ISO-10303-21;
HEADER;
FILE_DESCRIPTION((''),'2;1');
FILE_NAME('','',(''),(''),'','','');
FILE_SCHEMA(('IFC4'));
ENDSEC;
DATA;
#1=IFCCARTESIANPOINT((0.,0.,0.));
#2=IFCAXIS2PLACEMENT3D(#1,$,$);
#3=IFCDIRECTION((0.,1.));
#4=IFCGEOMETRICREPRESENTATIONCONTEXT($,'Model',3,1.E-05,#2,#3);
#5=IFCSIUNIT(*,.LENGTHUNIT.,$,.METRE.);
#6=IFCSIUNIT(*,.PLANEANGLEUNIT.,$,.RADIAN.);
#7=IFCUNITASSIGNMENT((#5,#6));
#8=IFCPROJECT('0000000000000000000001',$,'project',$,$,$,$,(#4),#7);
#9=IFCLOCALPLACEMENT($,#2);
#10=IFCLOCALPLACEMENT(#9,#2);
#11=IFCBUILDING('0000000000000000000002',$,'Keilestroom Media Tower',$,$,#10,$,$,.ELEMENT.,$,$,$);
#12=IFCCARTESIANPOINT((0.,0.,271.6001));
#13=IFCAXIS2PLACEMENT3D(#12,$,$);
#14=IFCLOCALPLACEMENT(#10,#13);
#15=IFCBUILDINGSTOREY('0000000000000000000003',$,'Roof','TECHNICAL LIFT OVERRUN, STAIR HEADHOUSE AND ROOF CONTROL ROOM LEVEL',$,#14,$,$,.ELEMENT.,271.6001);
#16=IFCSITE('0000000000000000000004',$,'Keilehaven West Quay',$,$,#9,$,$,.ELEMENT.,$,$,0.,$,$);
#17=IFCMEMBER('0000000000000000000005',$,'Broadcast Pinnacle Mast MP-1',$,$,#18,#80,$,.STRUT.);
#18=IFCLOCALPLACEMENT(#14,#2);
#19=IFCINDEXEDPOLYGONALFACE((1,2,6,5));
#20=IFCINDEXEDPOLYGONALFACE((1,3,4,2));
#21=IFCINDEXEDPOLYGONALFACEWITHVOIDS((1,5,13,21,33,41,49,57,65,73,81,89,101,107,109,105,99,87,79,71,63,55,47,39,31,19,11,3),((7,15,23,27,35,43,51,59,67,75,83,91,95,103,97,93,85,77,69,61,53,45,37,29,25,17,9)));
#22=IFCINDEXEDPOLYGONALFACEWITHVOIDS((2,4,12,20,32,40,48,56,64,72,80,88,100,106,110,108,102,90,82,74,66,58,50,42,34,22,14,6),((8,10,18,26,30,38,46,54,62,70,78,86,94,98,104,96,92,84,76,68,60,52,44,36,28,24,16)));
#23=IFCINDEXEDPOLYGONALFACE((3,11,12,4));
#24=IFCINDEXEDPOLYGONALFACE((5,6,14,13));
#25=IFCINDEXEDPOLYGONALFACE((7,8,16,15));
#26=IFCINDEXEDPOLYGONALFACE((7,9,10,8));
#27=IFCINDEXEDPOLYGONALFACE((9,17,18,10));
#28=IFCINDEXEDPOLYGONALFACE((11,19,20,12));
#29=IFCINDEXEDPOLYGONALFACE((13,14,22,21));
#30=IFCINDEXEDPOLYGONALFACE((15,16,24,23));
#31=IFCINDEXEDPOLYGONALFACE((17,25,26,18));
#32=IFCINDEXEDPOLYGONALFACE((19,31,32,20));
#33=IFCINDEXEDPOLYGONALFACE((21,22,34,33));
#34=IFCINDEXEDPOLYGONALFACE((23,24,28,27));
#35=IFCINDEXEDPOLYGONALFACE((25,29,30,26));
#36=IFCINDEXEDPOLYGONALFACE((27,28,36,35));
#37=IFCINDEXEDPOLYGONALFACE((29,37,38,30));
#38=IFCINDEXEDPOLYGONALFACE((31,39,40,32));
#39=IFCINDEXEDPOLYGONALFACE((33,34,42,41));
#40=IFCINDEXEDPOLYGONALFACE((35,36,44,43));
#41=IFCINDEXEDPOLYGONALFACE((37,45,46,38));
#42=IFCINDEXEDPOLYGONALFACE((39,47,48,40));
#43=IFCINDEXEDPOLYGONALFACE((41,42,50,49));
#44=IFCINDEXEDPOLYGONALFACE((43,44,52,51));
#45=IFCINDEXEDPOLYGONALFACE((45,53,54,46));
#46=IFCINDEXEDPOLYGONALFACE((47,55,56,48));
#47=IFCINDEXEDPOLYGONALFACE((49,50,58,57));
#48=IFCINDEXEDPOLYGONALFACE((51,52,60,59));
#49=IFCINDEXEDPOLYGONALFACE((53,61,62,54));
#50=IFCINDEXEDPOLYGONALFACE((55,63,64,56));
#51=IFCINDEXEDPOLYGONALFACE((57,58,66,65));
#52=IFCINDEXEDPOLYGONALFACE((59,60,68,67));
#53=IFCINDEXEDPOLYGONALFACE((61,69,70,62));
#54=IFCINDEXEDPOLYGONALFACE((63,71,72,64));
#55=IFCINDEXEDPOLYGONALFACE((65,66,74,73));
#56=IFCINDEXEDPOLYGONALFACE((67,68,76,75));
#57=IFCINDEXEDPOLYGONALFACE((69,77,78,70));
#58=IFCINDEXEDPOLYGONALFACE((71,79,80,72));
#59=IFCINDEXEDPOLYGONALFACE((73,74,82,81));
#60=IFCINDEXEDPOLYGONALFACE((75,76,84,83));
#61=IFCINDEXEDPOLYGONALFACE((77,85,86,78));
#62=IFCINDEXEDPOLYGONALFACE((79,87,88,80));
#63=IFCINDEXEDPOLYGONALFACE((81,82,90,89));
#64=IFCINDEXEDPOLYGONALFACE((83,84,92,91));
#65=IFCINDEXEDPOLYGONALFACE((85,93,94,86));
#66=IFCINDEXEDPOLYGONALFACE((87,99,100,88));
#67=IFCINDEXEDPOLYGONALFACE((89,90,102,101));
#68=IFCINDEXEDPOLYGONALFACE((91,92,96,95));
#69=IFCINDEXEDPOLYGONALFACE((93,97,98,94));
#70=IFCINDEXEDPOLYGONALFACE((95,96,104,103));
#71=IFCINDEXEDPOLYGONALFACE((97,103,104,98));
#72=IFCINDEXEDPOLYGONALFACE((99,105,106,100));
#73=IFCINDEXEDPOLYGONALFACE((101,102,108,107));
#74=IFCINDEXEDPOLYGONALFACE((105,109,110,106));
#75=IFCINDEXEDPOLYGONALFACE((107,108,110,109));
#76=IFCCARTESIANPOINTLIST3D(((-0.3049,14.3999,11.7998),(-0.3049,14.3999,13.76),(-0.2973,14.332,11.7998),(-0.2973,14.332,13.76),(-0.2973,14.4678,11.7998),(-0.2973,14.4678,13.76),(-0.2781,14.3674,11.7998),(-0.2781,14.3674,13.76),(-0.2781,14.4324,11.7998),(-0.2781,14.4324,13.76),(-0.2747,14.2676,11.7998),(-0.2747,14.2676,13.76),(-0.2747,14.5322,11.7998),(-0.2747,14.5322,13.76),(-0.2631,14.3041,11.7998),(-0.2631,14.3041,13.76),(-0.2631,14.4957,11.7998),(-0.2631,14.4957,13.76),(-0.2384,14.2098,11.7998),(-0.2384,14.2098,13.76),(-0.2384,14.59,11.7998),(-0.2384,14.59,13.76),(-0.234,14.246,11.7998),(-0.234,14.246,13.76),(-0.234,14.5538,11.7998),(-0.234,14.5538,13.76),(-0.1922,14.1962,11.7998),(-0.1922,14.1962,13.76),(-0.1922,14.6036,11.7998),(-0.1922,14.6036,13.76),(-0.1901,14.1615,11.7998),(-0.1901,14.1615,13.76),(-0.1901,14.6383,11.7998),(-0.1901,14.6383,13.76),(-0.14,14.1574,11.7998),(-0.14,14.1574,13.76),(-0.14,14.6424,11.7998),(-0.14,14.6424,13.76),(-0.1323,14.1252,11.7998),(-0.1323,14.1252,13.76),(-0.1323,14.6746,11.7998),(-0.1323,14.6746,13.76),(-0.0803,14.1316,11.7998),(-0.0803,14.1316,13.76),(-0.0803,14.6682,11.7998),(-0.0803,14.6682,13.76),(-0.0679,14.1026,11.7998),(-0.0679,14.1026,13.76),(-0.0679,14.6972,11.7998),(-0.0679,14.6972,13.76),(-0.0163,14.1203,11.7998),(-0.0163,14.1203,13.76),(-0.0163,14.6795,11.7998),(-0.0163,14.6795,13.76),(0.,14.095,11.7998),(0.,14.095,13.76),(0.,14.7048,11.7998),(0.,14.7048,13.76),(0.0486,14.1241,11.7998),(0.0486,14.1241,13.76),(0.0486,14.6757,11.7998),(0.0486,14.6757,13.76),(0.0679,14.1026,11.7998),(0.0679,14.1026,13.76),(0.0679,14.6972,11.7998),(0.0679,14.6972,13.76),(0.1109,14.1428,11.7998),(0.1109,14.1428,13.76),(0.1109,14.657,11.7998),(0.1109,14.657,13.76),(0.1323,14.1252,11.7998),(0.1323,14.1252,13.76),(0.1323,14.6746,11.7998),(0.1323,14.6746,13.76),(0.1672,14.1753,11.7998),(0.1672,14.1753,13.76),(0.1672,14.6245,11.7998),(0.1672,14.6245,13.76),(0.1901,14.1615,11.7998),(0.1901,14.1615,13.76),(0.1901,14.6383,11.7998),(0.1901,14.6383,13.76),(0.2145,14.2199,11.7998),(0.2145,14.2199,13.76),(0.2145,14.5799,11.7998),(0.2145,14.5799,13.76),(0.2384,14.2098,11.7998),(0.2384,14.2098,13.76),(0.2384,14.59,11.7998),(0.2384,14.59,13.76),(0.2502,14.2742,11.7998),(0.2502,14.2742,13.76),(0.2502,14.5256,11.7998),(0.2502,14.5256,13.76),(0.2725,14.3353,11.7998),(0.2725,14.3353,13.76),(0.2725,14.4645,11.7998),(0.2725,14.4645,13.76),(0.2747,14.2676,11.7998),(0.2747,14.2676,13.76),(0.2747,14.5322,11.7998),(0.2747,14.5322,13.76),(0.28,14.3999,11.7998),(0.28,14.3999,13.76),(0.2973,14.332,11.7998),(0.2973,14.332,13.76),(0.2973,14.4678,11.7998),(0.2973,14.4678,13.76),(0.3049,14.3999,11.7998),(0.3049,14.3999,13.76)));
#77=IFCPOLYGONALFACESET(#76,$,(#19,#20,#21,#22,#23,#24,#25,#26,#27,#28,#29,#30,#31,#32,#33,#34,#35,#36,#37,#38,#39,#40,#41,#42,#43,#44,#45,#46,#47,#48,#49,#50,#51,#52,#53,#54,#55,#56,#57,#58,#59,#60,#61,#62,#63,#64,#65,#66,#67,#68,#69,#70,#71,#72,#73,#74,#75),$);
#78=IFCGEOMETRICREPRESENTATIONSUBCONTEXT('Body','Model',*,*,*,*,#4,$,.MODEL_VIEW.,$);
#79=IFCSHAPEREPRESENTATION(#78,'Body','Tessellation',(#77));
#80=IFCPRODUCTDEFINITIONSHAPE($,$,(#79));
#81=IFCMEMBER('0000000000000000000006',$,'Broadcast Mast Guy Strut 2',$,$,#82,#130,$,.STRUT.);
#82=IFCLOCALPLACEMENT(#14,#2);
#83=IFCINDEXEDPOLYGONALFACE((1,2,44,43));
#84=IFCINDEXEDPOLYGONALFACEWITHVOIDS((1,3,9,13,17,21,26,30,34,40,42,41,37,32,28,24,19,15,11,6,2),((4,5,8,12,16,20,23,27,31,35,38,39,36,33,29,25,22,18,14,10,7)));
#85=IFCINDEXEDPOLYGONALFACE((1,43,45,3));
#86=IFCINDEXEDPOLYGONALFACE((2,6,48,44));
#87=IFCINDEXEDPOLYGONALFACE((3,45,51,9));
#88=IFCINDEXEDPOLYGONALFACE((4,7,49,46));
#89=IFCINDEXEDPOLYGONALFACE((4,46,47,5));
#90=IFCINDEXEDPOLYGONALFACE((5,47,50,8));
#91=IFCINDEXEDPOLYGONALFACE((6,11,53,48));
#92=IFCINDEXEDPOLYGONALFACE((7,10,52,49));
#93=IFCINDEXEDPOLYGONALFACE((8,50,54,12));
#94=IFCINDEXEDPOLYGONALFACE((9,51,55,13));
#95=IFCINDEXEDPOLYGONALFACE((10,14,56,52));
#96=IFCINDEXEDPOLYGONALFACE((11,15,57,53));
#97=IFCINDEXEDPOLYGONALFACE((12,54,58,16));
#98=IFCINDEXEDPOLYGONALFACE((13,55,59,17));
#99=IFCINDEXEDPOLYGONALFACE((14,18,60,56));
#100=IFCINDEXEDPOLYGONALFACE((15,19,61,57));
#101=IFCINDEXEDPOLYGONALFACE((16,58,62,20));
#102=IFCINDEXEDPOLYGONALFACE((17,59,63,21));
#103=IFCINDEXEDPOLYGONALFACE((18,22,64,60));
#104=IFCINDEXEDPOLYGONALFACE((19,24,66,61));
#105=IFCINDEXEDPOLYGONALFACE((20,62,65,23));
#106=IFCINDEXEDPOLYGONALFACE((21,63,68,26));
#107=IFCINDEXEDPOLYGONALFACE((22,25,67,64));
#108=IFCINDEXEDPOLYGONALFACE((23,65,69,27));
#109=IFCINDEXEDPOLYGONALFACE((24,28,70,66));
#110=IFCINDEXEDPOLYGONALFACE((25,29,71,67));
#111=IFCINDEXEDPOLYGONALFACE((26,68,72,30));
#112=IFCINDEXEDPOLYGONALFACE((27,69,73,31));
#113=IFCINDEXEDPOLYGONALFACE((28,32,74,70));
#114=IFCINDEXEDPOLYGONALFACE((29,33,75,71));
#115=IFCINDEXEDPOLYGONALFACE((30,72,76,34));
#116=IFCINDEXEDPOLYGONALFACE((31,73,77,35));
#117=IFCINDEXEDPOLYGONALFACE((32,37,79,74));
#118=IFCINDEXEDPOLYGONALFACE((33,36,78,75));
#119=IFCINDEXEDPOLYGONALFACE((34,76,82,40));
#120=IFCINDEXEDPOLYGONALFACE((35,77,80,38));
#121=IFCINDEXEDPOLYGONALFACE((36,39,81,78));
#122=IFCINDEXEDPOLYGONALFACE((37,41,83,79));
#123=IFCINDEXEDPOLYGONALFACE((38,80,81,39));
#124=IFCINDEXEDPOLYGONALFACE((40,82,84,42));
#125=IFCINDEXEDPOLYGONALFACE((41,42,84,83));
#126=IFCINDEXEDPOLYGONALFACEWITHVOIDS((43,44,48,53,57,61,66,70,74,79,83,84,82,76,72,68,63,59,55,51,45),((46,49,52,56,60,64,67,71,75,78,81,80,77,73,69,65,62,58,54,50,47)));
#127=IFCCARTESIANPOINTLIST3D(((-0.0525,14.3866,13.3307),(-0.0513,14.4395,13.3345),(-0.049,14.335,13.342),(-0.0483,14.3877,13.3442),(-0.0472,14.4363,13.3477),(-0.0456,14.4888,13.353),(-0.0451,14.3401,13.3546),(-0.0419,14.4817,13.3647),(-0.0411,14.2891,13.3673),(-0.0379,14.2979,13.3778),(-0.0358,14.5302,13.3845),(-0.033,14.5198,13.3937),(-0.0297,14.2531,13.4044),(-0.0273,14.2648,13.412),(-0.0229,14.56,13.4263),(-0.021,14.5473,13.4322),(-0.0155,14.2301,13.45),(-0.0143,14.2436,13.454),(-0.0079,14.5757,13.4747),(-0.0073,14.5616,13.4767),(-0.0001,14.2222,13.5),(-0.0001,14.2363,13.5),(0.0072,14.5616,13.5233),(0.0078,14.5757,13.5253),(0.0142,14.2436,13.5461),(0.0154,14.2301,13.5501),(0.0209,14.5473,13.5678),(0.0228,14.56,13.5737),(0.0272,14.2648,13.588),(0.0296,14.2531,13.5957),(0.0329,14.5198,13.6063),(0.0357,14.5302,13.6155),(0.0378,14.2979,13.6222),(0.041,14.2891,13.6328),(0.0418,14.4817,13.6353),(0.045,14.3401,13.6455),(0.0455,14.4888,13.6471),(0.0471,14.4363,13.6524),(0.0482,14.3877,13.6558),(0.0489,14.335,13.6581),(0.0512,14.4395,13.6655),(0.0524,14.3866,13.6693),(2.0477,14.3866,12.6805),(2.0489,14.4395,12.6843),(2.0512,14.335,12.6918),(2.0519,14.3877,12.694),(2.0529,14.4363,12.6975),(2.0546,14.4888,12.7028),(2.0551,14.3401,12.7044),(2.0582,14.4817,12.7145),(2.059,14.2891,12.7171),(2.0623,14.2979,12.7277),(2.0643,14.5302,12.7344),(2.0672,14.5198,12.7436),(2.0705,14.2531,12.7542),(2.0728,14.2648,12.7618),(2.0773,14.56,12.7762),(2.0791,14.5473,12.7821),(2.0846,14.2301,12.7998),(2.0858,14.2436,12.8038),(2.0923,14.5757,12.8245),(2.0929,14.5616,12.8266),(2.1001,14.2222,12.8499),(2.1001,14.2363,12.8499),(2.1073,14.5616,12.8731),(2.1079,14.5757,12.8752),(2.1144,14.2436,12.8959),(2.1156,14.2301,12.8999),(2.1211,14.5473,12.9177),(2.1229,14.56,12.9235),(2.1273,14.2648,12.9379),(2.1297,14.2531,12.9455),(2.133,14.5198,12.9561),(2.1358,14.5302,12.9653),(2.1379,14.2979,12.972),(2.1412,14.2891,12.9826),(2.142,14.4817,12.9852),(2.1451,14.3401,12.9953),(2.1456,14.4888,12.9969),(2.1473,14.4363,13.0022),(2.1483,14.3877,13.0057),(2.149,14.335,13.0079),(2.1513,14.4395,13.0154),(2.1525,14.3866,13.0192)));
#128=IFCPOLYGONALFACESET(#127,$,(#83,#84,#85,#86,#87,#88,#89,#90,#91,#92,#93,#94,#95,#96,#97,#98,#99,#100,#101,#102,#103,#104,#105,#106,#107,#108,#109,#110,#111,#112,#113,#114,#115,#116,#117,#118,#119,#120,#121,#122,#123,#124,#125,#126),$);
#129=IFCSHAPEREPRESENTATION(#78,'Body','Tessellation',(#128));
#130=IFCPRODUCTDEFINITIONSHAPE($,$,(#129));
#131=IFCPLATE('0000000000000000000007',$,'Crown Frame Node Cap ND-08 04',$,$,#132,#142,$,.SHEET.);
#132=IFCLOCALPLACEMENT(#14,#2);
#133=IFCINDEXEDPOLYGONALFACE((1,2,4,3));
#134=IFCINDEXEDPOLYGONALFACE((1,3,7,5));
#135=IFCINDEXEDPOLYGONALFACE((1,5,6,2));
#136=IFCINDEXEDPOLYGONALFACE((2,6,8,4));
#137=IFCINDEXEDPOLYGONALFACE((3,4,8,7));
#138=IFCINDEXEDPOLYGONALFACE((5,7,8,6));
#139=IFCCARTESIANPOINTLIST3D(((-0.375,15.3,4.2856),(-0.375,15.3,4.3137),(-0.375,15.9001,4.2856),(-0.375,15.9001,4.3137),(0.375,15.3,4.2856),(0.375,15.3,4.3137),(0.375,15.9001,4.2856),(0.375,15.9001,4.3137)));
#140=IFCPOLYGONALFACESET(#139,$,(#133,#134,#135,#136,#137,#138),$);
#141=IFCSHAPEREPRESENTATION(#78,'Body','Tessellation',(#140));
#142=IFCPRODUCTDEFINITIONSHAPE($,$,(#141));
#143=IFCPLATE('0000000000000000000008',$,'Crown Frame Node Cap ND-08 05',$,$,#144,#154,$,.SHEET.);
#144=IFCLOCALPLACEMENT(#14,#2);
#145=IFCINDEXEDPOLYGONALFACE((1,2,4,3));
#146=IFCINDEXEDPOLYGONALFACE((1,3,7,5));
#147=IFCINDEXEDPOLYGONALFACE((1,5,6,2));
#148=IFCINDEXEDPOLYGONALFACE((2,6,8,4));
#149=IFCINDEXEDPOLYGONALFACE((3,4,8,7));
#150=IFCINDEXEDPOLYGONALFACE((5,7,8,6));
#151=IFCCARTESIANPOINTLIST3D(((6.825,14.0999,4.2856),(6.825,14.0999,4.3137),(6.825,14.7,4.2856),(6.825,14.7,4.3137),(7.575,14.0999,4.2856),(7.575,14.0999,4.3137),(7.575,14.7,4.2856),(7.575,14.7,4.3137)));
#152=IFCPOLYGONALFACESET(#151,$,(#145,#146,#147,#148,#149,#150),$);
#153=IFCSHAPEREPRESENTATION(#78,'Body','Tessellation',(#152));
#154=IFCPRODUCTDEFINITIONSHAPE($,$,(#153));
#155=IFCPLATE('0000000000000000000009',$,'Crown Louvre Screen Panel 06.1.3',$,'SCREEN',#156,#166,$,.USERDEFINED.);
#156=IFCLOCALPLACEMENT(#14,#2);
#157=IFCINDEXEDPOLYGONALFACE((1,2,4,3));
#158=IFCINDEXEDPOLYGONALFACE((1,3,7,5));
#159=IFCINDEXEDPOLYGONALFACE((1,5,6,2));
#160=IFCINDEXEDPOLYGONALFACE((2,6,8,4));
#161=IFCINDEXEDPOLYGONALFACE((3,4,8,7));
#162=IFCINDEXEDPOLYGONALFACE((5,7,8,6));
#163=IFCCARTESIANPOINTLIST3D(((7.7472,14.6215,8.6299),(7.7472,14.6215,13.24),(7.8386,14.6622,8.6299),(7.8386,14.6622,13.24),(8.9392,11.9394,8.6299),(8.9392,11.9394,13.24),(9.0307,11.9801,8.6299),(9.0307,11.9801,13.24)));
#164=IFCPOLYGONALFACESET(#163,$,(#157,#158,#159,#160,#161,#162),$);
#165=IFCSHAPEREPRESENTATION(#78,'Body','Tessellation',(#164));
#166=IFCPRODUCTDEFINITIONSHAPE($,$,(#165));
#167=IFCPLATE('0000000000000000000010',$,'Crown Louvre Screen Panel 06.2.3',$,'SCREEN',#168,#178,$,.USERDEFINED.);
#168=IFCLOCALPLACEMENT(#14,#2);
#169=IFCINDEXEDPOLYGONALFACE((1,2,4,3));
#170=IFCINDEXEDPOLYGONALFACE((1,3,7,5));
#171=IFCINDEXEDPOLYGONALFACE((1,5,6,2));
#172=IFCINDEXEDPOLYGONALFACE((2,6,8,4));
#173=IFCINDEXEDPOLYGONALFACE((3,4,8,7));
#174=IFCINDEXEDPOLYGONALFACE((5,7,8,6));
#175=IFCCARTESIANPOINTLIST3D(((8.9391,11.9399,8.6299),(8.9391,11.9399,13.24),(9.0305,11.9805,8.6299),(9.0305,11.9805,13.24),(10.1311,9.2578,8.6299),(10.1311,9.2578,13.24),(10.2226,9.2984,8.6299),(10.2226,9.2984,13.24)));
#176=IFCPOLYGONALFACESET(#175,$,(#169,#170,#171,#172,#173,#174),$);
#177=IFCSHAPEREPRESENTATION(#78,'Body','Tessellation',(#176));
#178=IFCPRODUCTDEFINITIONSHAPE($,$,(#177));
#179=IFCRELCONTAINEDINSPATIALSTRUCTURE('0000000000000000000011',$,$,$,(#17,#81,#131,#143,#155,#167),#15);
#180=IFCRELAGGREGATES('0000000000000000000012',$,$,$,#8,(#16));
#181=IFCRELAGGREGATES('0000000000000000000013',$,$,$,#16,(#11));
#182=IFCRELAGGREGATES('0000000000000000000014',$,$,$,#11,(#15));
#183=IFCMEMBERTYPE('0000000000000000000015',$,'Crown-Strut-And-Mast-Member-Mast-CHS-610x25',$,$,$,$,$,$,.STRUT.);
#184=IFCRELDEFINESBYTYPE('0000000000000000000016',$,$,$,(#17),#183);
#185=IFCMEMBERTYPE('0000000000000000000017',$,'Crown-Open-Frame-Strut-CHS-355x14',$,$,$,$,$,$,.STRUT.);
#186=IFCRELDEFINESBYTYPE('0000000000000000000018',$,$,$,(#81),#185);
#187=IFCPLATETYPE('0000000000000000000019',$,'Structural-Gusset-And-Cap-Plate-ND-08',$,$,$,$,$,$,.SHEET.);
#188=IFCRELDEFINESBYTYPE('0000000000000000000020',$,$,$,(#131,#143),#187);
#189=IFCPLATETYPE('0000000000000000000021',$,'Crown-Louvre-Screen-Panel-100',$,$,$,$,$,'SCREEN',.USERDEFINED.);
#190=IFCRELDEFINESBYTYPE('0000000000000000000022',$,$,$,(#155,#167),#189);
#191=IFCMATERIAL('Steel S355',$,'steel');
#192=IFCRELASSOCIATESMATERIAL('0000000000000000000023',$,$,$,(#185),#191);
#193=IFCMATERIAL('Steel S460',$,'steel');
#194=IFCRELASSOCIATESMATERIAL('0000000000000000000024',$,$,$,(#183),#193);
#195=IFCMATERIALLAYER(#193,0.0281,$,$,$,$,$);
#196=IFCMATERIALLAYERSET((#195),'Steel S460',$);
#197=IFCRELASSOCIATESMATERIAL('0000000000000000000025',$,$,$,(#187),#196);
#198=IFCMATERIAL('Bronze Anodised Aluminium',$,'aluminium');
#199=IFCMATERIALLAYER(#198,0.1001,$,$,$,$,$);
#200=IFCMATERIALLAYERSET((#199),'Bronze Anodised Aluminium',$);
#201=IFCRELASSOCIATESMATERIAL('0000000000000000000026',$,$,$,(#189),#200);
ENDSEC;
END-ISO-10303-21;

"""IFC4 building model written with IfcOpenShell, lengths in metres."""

from ifc_helpers import new_model, si_unit, direction, frame, origin, origin_2d, place, context, subcontext, project, spatial, rectangle, hollow_circle, extrude, source, transform, mapped, material, layer, layer_set, material_profile, profile_set, type_object, element, save


model = new_model("IFC4")

# Units and contexts
model_context = context("Model", 3, precision=1e-05, world=origin(), true_north=direction((0.0, 1.0)))
body_context = subcontext(model_context, "Body", "Model", "MODEL_VIEW")
ifc_project = project(units=[si_unit("LENGTHUNIT", "METRE"), si_unit("PLANEANGLEUNIT", "RADIAN")], contexts=[model_context])

# Site, building, storey
site_placement = place(None, origin())
site = spatial("IfcSite", under=ifc_project, at=site_placement, Name="Keilehaven West Quay", CompositionType="ELEMENT", RefElevation=0.0)
building_placement = place(site_placement, origin())
building = spatial("IfcBuilding", under=site, at=building_placement, Name="Keilestroom Media Tower", CompositionType="ELEMENT")
storey_placement = place(building_placement, frame((0.0, 0.0, 271.6001)))
storey = spatial("IfcBuildingStorey", under=building, at=storey_placement, Name="Roof", Description="TECHNICAL LIFT OVERRUN, STAIR HEADHOUSE AND ROOF CONTROL ROOM LEVEL", CompositionType="ELEMENT", Elevation=271.6001)

# Members
ifc_material_1 = material(Name="Steel S355", Category="steel")
ifc_material_profile_1 = material_profile(ifc_material_1, hollow_circle(Radius=0.1777, WallThickness=0.0142, at=origin_2d()), Name="CHS 355.6x14.2")
ifc_profile_set_1 = profile_set([ifc_material_profile_1], Name="Steel S355")
member_type_1 = type_object("IfcMemberType", Name="Crown-Open-Frame-Strut-CHS-355x14", PredefinedType="STRUT", material=ifc_profile_set_1)
ifc_material_2 = material(Name="Steel S460", Category="steel")
ifc_material_profile_2 = material_profile(ifc_material_2, hollow_circle(Radius=0.3049, WallThickness=0.0249, at=origin_2d()), Name="CHS 610x25")
ifc_profile_set_2 = profile_set([ifc_material_profile_2], Name="Steel S460")
member_type_2 = type_object("IfcMemberType", Name="Crown-Strut-And-Mast-Member-Mast-CHS-610x25", PredefinedType="STRUT", material=ifc_profile_set_2)
shared_shape_1 = source(origin(), body_context, "Body", "SweptSolid", [
    extrude(hollow_circle(Radius=0.3049, WallThickness=0.0249, at=origin_2d()), origin(), (0.0, 0.0, 1.0), 1.9602),
])
member_1_placement = place(storey_placement, frame((0.0, 14.3999, 11.7998), z_axis=(0.0, 0.0, 1.0), x_axis=(1.0, 0.0, 0.0)))
element("IfcMember", 1, at=member_1_placement, inside=storey, type_object=member_type_2, Name="Broadcast Pinnacle Mast MP-1", PredefinedType="STRUT", context=body_context, shape_type="MappedRepresentation", body=[
    mapped(shared_shape_1, transform((0.0, 0.0, 0.0), x_axis=(1.0, 0.0, 0.0), y_axis=(0.0, 1.0, 0.0), z_axis=(0.0, 0.0, 1.0), scale=1.0)),
])
shared_shape_2 = source(origin(), body_context, "Body", "SweptSolid", [
    extrude(hollow_circle(Radius=0.1777, WallThickness=0.0142, at=origin_2d()), origin(), (0.0, 0.0, 1.0), 2.1985),
])
member_2_placement = place(storey_placement, frame((2.1001, 14.3999, 12.8499), z_axis=(-0.955271, 0.0, 0.295732), x_axis=(0.0, -1.0, 0.0)))
element("IfcMember", 2, at=member_2_placement, inside=storey, type_object=member_type_1, Name="Broadcast Mast Guy Strut 2", PredefinedType="STRUT", context=body_context, shape_type="MappedRepresentation", body=[
    mapped(shared_shape_2, transform((0.0, 0.0, 0.0), x_axis=(1.0, 0.0, 0.0), y_axis=(0.0, 1.0, 0.0), z_axis=(0.0, 0.0, 1.0), scale=1.0)),
])

# Plates
ifc_layer_1 = layer(ifc_material_2, 0.0281)
ifc_layer_set_1 = layer_set([ifc_layer_1], Name="Steel S460")
plate_type_1 = type_object("IfcPlateType", Name="Structural-Gusset-And-Cap-Plate-ND-08", PredefinedType="SHEET", material=ifc_layer_set_1)
shared_shape_3 = source(origin(), body_context, "Body", "SweptSolid", [
    extrude(rectangle(XDim=0.75, YDim=0.6001, at=origin_2d()), origin(), (0.0, 0.0, 1.0), 0.0281),
])
for number, where, z_axis, x_axis, name in (
    (3, (0.0, 15.6001, 4.2856), (0.0, 0.0, 1.0), (1.0, 0.0, 0.0), "Crown Frame Node Cap ND-08 04"),
    (4, (7.2, 14.3999, 4.2856), (0.0, 0.0, 1.0), (1.0, 0.0, 0.0), "Crown Frame Node Cap ND-08 05"),
):
    element("IfcPlate", number, at=place(storey_placement, frame(where, z_axis=z_axis, x_axis=x_axis)), inside=storey, type_object=plate_type_1, Name=name, PredefinedType="SHEET", context=body_context, shape_type="MappedRepresentation", body=[
        mapped(shared_shape_3, transform((0.0, 0.0, 0.0), x_axis=(1.0, 0.0, 0.0), y_axis=(0.0, 1.0, 0.0), z_axis=(0.0, 0.0, 1.0), scale=1.0)),
    ])
ifc_material_3 = material(Name="Bronze Anodised Aluminium", Category="aluminium")
ifc_layer_2 = layer(ifc_material_3, 0.1001)
ifc_layer_set_2 = layer_set([ifc_layer_2], Name="Bronze Anodised Aluminium")
plate_type_2 = type_object("IfcPlateType", Name="Crown-Louvre-Screen-Panel-100", ElementType="SCREEN", PredefinedType="USERDEFINED", material=ifc_layer_set_2)
shared_shape_4 = source(origin(), body_context, "Body", "SweptSolid", [
    extrude(rectangle(XDim=2.9351, YDim=0.1001, at=origin_2d()), origin(), (0.0, 0.0, 1.0), 4.6101),
])
for number, where, z_axis, x_axis, name in (
    (5, (8.3889, 13.3008, 8.6299), (0.0, 0.0, 1.0), (0.406139, -0.913811, 0.0), "Crown Louvre Screen Panel 06.1.3"),
    (6, (9.5808, 10.6191, 8.6299), (0.0, 0.0, 1.0), (0.406139, -0.913811, 0.0), "Crown Louvre Screen Panel 06.2.3"),
):
    element("IfcPlate", number, at=place(storey_placement, frame(where, z_axis=z_axis, x_axis=x_axis)), inside=storey, type_object=plate_type_2, Name=name, ObjectType="SCREEN", PredefinedType="USERDEFINED", context=body_context, shape_type="MappedRepresentation", body=[
        mapped(shared_shape_4, transform((0.0, 0.0, 0.0), x_axis=(1.0, 0.0, 0.0), y_axis=(0.0, 1.0, 0.0), z_axis=(0.0, 0.0, 1.0), scale=1.0)),
    ])

save(model, "model.ifc")
